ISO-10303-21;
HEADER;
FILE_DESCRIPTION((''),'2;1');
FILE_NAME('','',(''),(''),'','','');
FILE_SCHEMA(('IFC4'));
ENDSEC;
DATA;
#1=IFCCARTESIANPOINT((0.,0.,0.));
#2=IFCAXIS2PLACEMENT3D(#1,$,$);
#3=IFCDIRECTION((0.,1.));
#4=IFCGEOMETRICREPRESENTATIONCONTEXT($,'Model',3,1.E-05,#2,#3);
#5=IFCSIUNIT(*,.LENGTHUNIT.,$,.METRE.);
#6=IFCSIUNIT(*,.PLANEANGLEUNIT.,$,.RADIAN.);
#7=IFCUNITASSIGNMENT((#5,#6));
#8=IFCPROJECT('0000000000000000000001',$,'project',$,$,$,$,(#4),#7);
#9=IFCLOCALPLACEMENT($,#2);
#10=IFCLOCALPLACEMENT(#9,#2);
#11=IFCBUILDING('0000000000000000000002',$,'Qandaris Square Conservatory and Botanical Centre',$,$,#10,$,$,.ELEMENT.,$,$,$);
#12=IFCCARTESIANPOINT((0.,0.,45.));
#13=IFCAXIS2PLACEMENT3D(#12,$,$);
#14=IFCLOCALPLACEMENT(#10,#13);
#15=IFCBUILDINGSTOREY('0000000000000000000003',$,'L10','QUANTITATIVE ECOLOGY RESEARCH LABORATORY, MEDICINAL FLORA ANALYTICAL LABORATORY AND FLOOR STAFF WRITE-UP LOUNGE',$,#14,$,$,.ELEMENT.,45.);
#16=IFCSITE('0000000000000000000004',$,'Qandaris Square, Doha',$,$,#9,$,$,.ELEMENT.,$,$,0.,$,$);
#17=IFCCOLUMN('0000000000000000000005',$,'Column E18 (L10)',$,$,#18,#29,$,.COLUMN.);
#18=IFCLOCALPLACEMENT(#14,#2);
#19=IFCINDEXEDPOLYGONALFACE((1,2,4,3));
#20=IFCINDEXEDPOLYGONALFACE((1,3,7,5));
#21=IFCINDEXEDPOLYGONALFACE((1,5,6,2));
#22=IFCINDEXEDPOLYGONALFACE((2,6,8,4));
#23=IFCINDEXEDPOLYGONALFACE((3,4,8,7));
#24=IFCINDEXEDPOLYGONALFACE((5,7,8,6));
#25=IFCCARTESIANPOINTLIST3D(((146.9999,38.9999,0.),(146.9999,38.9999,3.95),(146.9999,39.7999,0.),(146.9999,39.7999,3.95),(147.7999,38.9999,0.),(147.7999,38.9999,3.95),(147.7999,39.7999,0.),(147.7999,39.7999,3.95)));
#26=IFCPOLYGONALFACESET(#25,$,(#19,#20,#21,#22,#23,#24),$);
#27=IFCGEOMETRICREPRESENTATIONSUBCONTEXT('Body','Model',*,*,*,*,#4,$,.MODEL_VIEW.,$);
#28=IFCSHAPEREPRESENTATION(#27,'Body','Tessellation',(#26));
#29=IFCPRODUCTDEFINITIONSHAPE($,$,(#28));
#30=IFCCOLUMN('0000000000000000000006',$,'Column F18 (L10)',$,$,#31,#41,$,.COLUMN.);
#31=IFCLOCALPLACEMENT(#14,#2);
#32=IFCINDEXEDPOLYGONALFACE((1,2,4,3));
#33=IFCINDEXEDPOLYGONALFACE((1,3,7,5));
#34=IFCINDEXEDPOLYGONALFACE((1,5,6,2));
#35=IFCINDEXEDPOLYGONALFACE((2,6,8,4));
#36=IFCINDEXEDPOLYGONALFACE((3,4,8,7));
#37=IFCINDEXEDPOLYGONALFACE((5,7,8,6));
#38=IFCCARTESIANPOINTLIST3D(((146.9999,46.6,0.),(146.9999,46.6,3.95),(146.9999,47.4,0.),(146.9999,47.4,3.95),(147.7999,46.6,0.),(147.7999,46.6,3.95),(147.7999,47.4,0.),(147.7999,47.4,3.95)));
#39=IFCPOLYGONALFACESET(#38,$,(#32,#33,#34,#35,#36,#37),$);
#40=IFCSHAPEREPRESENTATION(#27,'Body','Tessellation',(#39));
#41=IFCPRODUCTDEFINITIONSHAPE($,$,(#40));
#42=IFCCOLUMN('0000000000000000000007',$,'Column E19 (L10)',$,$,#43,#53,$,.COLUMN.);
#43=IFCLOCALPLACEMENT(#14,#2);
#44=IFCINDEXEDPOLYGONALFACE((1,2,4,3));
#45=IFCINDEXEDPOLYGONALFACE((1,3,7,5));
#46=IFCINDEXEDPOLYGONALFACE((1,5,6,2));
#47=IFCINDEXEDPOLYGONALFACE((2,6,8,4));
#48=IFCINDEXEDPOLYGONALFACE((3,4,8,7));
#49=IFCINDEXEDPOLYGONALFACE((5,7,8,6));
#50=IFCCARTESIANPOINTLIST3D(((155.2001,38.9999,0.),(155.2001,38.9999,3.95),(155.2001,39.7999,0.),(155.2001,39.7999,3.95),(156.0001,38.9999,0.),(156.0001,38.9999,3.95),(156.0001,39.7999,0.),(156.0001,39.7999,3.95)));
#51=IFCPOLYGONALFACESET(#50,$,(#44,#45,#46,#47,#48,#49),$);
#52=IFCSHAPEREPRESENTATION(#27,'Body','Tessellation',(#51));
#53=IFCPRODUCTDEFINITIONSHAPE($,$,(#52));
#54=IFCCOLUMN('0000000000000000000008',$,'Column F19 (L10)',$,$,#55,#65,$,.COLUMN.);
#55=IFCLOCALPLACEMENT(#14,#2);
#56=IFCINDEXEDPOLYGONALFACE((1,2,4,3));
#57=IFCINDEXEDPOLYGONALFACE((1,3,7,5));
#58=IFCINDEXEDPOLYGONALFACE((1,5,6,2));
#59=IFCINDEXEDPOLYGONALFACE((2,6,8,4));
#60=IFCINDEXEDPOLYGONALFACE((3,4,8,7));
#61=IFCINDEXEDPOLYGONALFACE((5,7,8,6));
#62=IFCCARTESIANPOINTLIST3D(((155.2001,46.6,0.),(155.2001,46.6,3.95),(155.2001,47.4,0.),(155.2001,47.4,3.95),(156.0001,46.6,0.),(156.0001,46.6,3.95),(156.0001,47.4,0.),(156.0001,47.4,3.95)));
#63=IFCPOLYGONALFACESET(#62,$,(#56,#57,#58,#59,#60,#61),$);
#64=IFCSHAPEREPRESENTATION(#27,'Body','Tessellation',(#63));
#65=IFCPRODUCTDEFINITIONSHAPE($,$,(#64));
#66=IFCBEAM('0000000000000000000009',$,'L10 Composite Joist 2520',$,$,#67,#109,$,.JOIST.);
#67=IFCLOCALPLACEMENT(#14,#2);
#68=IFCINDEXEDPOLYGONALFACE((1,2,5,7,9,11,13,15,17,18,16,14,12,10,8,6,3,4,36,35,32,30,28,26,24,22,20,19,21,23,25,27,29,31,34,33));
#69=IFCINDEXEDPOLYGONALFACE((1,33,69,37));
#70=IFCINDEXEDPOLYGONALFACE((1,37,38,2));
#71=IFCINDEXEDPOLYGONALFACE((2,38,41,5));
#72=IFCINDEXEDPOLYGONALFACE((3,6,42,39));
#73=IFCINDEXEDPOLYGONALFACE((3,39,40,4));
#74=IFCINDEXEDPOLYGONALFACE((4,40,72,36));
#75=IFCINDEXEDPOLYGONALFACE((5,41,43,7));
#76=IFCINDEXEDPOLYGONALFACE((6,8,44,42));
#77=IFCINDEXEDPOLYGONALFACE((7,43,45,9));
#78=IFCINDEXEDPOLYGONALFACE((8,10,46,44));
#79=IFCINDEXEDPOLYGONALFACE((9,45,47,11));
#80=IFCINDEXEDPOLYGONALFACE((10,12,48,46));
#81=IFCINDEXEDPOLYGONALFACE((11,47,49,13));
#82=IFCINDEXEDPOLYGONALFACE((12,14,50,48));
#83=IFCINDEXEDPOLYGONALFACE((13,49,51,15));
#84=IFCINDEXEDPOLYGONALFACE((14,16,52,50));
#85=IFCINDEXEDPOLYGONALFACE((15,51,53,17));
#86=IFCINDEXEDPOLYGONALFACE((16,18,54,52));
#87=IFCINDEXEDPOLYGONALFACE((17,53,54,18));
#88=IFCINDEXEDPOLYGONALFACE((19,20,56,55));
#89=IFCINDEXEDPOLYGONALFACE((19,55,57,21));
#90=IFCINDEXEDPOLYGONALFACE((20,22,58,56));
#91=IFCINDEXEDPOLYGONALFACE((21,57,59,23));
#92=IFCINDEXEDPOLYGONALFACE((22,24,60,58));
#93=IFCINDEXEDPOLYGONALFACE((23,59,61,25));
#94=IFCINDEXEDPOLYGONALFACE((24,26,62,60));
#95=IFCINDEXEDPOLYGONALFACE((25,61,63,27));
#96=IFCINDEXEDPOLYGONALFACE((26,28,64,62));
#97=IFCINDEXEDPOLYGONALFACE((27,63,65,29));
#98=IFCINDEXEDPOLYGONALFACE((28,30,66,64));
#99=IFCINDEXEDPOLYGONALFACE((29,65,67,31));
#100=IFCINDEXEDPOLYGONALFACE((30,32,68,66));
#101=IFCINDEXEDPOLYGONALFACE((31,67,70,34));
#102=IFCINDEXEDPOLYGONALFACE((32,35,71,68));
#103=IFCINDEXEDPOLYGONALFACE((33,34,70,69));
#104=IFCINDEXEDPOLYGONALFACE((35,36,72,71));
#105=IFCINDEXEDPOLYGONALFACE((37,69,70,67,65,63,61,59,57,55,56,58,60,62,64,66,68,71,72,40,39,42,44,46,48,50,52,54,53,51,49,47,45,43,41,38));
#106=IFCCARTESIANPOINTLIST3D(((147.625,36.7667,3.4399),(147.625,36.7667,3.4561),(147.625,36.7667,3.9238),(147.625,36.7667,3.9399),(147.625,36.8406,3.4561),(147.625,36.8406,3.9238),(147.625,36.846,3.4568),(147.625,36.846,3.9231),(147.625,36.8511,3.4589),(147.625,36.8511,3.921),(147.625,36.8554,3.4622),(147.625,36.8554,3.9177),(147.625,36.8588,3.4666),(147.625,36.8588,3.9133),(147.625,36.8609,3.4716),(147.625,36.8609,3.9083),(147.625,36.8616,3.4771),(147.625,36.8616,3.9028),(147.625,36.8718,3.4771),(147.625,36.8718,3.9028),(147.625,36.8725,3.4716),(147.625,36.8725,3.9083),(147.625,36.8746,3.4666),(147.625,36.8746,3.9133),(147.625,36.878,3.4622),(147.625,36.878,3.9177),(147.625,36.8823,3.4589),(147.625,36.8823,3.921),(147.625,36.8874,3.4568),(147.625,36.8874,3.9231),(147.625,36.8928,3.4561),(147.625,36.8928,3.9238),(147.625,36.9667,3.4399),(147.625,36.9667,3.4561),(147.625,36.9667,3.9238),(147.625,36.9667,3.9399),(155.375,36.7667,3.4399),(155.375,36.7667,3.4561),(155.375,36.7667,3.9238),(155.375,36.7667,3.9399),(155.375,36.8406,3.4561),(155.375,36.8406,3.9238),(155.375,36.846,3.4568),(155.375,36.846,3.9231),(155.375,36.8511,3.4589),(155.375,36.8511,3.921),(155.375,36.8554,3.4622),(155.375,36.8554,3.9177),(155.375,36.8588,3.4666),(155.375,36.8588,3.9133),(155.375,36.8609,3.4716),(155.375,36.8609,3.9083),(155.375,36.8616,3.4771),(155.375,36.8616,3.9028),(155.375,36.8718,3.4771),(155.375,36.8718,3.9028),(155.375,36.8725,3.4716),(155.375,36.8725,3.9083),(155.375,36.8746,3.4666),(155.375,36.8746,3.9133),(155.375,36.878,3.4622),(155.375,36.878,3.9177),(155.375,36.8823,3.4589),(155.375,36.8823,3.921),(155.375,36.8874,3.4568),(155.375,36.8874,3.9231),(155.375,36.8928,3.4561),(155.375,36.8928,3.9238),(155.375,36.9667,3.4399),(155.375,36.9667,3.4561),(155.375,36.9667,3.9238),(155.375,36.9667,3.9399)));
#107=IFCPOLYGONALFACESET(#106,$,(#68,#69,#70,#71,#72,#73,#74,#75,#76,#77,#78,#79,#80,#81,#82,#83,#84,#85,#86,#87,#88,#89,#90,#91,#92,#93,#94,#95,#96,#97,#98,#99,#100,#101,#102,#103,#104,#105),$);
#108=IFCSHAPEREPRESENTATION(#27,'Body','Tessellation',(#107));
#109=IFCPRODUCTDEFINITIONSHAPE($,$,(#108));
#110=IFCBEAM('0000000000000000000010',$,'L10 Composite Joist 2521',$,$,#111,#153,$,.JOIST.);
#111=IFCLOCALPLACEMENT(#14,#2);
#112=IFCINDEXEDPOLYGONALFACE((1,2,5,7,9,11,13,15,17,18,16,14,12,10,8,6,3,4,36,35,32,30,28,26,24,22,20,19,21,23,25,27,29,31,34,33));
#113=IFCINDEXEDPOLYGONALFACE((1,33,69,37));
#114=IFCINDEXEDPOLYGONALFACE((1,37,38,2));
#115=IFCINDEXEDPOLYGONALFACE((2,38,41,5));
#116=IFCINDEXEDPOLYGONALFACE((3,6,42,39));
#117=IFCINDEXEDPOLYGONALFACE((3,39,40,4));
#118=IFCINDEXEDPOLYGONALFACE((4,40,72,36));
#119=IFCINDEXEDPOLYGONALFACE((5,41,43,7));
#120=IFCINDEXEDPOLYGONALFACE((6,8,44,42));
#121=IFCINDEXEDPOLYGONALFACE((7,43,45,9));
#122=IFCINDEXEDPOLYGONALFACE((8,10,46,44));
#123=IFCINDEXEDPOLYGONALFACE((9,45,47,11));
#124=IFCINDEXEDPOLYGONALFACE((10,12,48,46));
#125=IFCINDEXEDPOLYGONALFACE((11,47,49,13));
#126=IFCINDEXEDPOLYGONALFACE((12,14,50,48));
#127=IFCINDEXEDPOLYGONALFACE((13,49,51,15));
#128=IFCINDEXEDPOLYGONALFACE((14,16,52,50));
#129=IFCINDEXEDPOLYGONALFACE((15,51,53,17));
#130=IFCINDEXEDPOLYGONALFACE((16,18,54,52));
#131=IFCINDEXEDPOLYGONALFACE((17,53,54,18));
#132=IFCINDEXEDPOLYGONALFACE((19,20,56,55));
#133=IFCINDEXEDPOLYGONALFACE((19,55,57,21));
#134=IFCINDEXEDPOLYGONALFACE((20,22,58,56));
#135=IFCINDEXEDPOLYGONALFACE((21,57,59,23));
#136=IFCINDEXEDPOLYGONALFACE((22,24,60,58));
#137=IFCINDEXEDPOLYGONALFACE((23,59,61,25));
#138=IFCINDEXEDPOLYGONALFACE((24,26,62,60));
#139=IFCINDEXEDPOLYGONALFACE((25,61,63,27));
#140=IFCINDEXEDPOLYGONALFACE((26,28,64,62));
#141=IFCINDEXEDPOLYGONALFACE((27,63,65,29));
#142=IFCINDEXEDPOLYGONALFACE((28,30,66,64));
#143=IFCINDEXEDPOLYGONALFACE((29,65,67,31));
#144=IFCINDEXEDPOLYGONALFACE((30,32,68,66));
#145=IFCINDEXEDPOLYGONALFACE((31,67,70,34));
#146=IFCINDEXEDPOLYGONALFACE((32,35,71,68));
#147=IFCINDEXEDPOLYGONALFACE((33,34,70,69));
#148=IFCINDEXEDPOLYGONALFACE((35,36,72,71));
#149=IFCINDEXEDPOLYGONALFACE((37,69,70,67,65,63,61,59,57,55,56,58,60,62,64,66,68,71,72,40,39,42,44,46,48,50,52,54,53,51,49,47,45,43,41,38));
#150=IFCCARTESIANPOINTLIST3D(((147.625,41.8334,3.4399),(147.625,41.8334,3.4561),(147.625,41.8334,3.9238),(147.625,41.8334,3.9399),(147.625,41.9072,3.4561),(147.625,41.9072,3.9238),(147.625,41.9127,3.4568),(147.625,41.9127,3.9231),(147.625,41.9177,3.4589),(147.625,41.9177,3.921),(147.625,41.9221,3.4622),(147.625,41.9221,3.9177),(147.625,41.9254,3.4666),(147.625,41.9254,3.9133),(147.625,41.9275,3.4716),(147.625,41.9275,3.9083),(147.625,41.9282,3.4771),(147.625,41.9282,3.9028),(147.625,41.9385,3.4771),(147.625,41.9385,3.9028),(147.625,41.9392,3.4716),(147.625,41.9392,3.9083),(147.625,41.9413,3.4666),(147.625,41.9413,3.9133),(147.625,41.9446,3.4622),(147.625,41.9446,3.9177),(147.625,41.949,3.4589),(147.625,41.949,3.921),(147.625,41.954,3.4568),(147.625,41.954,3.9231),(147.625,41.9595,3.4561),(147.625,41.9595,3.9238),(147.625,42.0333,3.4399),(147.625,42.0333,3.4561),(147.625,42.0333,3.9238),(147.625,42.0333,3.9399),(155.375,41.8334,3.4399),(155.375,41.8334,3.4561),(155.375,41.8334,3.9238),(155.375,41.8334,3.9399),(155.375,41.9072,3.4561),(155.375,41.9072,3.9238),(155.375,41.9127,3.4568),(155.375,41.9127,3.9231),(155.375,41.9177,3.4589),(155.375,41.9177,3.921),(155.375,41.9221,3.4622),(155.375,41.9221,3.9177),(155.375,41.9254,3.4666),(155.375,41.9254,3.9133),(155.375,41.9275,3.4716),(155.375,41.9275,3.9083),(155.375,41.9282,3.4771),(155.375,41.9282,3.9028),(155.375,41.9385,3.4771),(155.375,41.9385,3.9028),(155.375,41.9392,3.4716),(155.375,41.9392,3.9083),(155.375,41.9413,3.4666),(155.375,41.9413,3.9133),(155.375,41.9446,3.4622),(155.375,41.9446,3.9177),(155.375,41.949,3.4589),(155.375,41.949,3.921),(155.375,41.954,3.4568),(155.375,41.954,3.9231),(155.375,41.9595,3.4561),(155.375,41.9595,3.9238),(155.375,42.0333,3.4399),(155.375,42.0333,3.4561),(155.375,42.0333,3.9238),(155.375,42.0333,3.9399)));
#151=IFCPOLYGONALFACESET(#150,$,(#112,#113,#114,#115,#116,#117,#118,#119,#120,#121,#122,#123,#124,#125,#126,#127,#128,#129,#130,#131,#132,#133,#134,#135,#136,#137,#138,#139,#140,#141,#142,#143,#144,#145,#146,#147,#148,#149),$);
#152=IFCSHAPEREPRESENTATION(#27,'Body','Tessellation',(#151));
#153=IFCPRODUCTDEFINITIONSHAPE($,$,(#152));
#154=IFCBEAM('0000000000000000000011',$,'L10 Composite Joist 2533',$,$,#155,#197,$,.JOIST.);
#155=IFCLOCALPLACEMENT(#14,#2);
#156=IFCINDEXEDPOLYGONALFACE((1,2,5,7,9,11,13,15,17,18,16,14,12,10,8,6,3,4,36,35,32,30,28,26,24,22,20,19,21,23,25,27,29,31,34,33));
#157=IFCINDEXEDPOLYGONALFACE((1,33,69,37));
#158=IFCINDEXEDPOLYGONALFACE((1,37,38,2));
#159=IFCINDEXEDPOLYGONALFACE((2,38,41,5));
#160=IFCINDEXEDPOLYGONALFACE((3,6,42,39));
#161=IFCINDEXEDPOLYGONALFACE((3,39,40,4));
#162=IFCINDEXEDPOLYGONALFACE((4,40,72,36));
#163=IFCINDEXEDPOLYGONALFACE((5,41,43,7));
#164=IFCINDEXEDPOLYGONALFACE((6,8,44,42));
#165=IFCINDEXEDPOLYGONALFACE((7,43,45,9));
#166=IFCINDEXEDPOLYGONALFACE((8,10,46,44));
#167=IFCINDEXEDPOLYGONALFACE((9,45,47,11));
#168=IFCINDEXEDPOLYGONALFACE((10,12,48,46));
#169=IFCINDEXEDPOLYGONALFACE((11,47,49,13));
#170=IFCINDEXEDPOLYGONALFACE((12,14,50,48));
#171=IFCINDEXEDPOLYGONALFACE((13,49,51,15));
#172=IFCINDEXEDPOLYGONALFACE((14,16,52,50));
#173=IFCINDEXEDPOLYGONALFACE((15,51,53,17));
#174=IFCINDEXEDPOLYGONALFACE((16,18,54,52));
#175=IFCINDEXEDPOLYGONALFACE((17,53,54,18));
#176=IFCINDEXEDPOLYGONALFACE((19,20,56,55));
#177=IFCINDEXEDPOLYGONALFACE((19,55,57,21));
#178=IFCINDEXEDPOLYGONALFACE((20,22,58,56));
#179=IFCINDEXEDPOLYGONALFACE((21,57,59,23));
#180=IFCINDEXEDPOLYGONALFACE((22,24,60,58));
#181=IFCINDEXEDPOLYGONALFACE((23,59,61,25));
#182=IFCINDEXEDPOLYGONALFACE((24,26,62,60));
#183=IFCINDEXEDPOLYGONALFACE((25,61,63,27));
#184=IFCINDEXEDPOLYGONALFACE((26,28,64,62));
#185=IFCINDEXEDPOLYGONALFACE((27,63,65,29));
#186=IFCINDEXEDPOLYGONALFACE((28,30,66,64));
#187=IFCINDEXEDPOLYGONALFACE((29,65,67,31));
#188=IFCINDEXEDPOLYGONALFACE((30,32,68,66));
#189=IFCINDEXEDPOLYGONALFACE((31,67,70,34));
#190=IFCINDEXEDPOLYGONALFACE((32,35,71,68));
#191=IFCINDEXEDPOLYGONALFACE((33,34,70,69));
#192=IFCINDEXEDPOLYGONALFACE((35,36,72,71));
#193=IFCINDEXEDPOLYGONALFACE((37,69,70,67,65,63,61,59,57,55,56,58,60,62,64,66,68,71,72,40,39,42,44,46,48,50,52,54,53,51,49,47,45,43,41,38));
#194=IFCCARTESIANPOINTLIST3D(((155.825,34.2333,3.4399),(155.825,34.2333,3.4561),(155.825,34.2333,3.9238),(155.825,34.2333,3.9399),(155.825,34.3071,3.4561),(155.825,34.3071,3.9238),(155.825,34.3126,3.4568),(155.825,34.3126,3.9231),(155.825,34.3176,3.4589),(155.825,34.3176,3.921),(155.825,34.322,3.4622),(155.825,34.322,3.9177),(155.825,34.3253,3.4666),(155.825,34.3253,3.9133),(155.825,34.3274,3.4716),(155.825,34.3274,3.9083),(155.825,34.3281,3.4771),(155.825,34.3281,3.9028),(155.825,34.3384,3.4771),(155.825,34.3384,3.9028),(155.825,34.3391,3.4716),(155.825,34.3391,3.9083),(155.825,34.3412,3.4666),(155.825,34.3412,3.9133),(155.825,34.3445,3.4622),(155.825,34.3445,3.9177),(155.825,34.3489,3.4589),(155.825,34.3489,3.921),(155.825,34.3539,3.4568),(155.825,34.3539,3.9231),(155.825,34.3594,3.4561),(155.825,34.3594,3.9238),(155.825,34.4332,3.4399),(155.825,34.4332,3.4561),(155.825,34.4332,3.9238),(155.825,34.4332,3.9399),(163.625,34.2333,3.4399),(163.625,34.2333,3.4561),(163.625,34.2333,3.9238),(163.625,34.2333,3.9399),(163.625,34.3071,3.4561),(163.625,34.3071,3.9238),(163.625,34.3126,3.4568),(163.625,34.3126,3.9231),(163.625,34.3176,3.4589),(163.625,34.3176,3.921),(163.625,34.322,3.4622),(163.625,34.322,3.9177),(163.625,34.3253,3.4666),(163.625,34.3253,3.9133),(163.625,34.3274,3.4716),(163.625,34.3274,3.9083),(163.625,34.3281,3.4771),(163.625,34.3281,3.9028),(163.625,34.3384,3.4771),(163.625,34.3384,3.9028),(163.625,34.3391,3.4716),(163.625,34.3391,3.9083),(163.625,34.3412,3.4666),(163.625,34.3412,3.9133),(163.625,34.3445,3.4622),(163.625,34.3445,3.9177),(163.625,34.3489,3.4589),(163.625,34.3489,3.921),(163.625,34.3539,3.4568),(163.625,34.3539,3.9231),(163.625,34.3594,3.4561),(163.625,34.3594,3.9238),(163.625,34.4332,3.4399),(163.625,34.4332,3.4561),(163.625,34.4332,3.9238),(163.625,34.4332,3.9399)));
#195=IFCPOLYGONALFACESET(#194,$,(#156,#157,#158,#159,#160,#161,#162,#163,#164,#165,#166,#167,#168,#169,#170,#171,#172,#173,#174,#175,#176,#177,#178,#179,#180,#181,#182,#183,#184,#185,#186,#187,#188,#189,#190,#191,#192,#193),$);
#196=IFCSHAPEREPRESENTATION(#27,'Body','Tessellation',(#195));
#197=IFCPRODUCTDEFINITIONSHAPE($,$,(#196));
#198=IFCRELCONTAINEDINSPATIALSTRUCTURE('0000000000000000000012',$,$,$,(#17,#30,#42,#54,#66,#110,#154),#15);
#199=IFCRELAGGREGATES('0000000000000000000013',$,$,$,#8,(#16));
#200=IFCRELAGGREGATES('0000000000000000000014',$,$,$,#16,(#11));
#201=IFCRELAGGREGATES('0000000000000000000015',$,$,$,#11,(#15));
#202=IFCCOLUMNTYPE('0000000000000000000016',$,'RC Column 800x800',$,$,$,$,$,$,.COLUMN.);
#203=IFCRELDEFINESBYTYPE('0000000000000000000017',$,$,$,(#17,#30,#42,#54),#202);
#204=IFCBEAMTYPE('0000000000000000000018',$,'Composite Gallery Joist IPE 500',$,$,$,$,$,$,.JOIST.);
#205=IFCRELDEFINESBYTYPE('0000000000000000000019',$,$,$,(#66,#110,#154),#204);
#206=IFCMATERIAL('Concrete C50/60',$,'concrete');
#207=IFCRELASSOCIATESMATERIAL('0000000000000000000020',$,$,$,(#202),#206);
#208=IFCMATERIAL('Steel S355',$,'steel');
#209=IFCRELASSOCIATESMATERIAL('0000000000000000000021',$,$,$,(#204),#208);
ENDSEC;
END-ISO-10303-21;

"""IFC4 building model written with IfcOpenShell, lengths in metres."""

from ifc_helpers import new_model, si_unit, direction, frame, origin, origin_2d, place, context, subcontext, project, spatial, rectangle, i_section, extrude, material, material_profile, profile_set, type_object, element, save


model = new_model("IFC4")

# Units and contexts
model_context = context("Model", 3, precision=1e-05, world=origin(), true_north=direction((0.0, 1.0)))
body_context = subcontext(model_context, "Body", "Model", "MODEL_VIEW")
ifc_project = project(units=[si_unit("LENGTHUNIT", "METRE"), si_unit("PLANEANGLEUNIT", "RADIAN")], contexts=[model_context])

# Site, building, storey
site_placement = place(None, origin())
site = spatial("IfcSite", under=ifc_project, at=site_placement, Name="Qandaris Square, Doha", CompositionType="ELEMENT", RefElevation=0.0)
building_placement = place(site_placement, origin())
building = spatial("IfcBuilding", under=site, at=building_placement, Name="Qandaris Square Conservatory and Botanical Centre", CompositionType="ELEMENT")
storey_placement = place(building_placement, frame((0.0, 0.0, 45.0)))
storey = spatial("IfcBuildingStorey", under=building, at=storey_placement, Name="L10", Description="QUANTITATIVE ECOLOGY RESEARCH LABORATORY, MEDICINAL FLORA ANALYTICAL LABORATORY AND FLOOR STAFF WRITE-UP LOUNGE", CompositionType="ELEMENT", Elevation=45.0)

# Columns
ifc_material_1 = material(Name="Concrete C50/60", Category="concrete")
ifc_material_profile_1 = material_profile(ifc_material_1, rectangle(XDim=0.8, YDim=0.8, at=origin_2d()), Name="RC-COL 800x800")
ifc_profile_set_1 = profile_set([ifc_material_profile_1], Name="Concrete C50/60")
column_type = type_object("IfcColumnType", Name="RC Column 800x800", PredefinedType="COLUMN", material=ifc_profile_set_1)
for number, where, z_axis, x_axis, name in (
    (1, (147.3999, 39.3999, 0.0), (0.0, 0.0, 1.0), (1.0, 0.0, 0.0), "Column E18 (L10)"),
    (2, (147.3999, 47.0, 0.0), (0.0, 0.0, 1.0), (1.0, 0.0, 0.0), "Column F18 (L10)"),
    (3, (155.6001, 39.3999, 0.0), (0.0, 0.0, 1.0), (1.0, 0.0, 0.0), "Column E19 (L10)"),
    (4, (155.6001, 47.0, 0.0), (0.0, 0.0, 1.0), (1.0, 0.0, 0.0), "Column F19 (L10)"),
):
    element("IfcColumn", number, at=place(storey_placement, frame(where, z_axis=z_axis, x_axis=x_axis)), inside=storey, type_object=column_type, Name=name, PredefinedType="COLUMN", context=body_context, shape_type="SweptSolid", body=[
        extrude(rectangle(XDim=0.8, YDim=0.8, at=origin_2d()), origin(), (0.0, 0.0, 1.0), 3.95),
    ])

# Beams
ifc_material_2 = material(Name="Steel S355", Category="steel")
ifc_material_profile_2 = material_profile(ifc_material_2, i_section(OverallWidth=0.2, OverallDepth=0.5, WebThickness=0.0103, FlangeThickness=0.0161, FilletRadius=0.021, at=origin_2d()), Name="IPE 500")
ifc_profile_set_2 = profile_set([ifc_material_profile_2], Name="Steel S355")
beam_type_1 = type_object("IfcBeamType", Name="Composite Gallery Joist IPE 500", PredefinedType="JOIST", material=ifc_profile_set_2)
for number, where, z_axis, x_axis, name in (
    (5, (147.625, 36.8667, 3.6899), (1.0, 0.0, 0.0), (0.0, 1.0, 0.0), "L10 Composite Joist 2520"),
    (6, (147.625, 41.9333, 3.6899), (1.0, 0.0, 0.0), (0.0, 1.0, 0.0), "L10 Composite Joist 2521"),
):
    element("IfcBeam", number, at=place(storey_placement, frame(where, z_axis=z_axis, x_axis=x_axis)), inside=storey, type_object=beam_type_1, Name=name, PredefinedType="JOIST", context=body_context, shape_type="SweptSolid", body=[
        extrude(i_section(OverallWidth=0.2, OverallDepth=0.5, WebThickness=0.0103, FlangeThickness=0.0161, FilletRadius=0.021, at=origin_2d()), origin(), (0.0, 0.0, 1.0), 7.75),
    ])
beam_1_placement = place(storey_placement, frame((155.825, 34.3333, 3.6899), z_axis=(1.0, 0.0, 0.0), x_axis=(0.0, 1.0, 0.0)))
element("IfcBeam", 7, at=beam_1_placement, inside=storey, type_object=beam_type_1, Name="L10 Composite Joist 2533", PredefinedType="JOIST", context=body_context, shape_type="SweptSolid", body=[
    extrude(i_section(OverallWidth=0.2, OverallDepth=0.5, WebThickness=0.0103, FlangeThickness=0.0161, FilletRadius=0.021, at=origin_2d()), origin(), (0.0, 0.0, 1.0), 7.8),
])

save(model, "model.ifc")
